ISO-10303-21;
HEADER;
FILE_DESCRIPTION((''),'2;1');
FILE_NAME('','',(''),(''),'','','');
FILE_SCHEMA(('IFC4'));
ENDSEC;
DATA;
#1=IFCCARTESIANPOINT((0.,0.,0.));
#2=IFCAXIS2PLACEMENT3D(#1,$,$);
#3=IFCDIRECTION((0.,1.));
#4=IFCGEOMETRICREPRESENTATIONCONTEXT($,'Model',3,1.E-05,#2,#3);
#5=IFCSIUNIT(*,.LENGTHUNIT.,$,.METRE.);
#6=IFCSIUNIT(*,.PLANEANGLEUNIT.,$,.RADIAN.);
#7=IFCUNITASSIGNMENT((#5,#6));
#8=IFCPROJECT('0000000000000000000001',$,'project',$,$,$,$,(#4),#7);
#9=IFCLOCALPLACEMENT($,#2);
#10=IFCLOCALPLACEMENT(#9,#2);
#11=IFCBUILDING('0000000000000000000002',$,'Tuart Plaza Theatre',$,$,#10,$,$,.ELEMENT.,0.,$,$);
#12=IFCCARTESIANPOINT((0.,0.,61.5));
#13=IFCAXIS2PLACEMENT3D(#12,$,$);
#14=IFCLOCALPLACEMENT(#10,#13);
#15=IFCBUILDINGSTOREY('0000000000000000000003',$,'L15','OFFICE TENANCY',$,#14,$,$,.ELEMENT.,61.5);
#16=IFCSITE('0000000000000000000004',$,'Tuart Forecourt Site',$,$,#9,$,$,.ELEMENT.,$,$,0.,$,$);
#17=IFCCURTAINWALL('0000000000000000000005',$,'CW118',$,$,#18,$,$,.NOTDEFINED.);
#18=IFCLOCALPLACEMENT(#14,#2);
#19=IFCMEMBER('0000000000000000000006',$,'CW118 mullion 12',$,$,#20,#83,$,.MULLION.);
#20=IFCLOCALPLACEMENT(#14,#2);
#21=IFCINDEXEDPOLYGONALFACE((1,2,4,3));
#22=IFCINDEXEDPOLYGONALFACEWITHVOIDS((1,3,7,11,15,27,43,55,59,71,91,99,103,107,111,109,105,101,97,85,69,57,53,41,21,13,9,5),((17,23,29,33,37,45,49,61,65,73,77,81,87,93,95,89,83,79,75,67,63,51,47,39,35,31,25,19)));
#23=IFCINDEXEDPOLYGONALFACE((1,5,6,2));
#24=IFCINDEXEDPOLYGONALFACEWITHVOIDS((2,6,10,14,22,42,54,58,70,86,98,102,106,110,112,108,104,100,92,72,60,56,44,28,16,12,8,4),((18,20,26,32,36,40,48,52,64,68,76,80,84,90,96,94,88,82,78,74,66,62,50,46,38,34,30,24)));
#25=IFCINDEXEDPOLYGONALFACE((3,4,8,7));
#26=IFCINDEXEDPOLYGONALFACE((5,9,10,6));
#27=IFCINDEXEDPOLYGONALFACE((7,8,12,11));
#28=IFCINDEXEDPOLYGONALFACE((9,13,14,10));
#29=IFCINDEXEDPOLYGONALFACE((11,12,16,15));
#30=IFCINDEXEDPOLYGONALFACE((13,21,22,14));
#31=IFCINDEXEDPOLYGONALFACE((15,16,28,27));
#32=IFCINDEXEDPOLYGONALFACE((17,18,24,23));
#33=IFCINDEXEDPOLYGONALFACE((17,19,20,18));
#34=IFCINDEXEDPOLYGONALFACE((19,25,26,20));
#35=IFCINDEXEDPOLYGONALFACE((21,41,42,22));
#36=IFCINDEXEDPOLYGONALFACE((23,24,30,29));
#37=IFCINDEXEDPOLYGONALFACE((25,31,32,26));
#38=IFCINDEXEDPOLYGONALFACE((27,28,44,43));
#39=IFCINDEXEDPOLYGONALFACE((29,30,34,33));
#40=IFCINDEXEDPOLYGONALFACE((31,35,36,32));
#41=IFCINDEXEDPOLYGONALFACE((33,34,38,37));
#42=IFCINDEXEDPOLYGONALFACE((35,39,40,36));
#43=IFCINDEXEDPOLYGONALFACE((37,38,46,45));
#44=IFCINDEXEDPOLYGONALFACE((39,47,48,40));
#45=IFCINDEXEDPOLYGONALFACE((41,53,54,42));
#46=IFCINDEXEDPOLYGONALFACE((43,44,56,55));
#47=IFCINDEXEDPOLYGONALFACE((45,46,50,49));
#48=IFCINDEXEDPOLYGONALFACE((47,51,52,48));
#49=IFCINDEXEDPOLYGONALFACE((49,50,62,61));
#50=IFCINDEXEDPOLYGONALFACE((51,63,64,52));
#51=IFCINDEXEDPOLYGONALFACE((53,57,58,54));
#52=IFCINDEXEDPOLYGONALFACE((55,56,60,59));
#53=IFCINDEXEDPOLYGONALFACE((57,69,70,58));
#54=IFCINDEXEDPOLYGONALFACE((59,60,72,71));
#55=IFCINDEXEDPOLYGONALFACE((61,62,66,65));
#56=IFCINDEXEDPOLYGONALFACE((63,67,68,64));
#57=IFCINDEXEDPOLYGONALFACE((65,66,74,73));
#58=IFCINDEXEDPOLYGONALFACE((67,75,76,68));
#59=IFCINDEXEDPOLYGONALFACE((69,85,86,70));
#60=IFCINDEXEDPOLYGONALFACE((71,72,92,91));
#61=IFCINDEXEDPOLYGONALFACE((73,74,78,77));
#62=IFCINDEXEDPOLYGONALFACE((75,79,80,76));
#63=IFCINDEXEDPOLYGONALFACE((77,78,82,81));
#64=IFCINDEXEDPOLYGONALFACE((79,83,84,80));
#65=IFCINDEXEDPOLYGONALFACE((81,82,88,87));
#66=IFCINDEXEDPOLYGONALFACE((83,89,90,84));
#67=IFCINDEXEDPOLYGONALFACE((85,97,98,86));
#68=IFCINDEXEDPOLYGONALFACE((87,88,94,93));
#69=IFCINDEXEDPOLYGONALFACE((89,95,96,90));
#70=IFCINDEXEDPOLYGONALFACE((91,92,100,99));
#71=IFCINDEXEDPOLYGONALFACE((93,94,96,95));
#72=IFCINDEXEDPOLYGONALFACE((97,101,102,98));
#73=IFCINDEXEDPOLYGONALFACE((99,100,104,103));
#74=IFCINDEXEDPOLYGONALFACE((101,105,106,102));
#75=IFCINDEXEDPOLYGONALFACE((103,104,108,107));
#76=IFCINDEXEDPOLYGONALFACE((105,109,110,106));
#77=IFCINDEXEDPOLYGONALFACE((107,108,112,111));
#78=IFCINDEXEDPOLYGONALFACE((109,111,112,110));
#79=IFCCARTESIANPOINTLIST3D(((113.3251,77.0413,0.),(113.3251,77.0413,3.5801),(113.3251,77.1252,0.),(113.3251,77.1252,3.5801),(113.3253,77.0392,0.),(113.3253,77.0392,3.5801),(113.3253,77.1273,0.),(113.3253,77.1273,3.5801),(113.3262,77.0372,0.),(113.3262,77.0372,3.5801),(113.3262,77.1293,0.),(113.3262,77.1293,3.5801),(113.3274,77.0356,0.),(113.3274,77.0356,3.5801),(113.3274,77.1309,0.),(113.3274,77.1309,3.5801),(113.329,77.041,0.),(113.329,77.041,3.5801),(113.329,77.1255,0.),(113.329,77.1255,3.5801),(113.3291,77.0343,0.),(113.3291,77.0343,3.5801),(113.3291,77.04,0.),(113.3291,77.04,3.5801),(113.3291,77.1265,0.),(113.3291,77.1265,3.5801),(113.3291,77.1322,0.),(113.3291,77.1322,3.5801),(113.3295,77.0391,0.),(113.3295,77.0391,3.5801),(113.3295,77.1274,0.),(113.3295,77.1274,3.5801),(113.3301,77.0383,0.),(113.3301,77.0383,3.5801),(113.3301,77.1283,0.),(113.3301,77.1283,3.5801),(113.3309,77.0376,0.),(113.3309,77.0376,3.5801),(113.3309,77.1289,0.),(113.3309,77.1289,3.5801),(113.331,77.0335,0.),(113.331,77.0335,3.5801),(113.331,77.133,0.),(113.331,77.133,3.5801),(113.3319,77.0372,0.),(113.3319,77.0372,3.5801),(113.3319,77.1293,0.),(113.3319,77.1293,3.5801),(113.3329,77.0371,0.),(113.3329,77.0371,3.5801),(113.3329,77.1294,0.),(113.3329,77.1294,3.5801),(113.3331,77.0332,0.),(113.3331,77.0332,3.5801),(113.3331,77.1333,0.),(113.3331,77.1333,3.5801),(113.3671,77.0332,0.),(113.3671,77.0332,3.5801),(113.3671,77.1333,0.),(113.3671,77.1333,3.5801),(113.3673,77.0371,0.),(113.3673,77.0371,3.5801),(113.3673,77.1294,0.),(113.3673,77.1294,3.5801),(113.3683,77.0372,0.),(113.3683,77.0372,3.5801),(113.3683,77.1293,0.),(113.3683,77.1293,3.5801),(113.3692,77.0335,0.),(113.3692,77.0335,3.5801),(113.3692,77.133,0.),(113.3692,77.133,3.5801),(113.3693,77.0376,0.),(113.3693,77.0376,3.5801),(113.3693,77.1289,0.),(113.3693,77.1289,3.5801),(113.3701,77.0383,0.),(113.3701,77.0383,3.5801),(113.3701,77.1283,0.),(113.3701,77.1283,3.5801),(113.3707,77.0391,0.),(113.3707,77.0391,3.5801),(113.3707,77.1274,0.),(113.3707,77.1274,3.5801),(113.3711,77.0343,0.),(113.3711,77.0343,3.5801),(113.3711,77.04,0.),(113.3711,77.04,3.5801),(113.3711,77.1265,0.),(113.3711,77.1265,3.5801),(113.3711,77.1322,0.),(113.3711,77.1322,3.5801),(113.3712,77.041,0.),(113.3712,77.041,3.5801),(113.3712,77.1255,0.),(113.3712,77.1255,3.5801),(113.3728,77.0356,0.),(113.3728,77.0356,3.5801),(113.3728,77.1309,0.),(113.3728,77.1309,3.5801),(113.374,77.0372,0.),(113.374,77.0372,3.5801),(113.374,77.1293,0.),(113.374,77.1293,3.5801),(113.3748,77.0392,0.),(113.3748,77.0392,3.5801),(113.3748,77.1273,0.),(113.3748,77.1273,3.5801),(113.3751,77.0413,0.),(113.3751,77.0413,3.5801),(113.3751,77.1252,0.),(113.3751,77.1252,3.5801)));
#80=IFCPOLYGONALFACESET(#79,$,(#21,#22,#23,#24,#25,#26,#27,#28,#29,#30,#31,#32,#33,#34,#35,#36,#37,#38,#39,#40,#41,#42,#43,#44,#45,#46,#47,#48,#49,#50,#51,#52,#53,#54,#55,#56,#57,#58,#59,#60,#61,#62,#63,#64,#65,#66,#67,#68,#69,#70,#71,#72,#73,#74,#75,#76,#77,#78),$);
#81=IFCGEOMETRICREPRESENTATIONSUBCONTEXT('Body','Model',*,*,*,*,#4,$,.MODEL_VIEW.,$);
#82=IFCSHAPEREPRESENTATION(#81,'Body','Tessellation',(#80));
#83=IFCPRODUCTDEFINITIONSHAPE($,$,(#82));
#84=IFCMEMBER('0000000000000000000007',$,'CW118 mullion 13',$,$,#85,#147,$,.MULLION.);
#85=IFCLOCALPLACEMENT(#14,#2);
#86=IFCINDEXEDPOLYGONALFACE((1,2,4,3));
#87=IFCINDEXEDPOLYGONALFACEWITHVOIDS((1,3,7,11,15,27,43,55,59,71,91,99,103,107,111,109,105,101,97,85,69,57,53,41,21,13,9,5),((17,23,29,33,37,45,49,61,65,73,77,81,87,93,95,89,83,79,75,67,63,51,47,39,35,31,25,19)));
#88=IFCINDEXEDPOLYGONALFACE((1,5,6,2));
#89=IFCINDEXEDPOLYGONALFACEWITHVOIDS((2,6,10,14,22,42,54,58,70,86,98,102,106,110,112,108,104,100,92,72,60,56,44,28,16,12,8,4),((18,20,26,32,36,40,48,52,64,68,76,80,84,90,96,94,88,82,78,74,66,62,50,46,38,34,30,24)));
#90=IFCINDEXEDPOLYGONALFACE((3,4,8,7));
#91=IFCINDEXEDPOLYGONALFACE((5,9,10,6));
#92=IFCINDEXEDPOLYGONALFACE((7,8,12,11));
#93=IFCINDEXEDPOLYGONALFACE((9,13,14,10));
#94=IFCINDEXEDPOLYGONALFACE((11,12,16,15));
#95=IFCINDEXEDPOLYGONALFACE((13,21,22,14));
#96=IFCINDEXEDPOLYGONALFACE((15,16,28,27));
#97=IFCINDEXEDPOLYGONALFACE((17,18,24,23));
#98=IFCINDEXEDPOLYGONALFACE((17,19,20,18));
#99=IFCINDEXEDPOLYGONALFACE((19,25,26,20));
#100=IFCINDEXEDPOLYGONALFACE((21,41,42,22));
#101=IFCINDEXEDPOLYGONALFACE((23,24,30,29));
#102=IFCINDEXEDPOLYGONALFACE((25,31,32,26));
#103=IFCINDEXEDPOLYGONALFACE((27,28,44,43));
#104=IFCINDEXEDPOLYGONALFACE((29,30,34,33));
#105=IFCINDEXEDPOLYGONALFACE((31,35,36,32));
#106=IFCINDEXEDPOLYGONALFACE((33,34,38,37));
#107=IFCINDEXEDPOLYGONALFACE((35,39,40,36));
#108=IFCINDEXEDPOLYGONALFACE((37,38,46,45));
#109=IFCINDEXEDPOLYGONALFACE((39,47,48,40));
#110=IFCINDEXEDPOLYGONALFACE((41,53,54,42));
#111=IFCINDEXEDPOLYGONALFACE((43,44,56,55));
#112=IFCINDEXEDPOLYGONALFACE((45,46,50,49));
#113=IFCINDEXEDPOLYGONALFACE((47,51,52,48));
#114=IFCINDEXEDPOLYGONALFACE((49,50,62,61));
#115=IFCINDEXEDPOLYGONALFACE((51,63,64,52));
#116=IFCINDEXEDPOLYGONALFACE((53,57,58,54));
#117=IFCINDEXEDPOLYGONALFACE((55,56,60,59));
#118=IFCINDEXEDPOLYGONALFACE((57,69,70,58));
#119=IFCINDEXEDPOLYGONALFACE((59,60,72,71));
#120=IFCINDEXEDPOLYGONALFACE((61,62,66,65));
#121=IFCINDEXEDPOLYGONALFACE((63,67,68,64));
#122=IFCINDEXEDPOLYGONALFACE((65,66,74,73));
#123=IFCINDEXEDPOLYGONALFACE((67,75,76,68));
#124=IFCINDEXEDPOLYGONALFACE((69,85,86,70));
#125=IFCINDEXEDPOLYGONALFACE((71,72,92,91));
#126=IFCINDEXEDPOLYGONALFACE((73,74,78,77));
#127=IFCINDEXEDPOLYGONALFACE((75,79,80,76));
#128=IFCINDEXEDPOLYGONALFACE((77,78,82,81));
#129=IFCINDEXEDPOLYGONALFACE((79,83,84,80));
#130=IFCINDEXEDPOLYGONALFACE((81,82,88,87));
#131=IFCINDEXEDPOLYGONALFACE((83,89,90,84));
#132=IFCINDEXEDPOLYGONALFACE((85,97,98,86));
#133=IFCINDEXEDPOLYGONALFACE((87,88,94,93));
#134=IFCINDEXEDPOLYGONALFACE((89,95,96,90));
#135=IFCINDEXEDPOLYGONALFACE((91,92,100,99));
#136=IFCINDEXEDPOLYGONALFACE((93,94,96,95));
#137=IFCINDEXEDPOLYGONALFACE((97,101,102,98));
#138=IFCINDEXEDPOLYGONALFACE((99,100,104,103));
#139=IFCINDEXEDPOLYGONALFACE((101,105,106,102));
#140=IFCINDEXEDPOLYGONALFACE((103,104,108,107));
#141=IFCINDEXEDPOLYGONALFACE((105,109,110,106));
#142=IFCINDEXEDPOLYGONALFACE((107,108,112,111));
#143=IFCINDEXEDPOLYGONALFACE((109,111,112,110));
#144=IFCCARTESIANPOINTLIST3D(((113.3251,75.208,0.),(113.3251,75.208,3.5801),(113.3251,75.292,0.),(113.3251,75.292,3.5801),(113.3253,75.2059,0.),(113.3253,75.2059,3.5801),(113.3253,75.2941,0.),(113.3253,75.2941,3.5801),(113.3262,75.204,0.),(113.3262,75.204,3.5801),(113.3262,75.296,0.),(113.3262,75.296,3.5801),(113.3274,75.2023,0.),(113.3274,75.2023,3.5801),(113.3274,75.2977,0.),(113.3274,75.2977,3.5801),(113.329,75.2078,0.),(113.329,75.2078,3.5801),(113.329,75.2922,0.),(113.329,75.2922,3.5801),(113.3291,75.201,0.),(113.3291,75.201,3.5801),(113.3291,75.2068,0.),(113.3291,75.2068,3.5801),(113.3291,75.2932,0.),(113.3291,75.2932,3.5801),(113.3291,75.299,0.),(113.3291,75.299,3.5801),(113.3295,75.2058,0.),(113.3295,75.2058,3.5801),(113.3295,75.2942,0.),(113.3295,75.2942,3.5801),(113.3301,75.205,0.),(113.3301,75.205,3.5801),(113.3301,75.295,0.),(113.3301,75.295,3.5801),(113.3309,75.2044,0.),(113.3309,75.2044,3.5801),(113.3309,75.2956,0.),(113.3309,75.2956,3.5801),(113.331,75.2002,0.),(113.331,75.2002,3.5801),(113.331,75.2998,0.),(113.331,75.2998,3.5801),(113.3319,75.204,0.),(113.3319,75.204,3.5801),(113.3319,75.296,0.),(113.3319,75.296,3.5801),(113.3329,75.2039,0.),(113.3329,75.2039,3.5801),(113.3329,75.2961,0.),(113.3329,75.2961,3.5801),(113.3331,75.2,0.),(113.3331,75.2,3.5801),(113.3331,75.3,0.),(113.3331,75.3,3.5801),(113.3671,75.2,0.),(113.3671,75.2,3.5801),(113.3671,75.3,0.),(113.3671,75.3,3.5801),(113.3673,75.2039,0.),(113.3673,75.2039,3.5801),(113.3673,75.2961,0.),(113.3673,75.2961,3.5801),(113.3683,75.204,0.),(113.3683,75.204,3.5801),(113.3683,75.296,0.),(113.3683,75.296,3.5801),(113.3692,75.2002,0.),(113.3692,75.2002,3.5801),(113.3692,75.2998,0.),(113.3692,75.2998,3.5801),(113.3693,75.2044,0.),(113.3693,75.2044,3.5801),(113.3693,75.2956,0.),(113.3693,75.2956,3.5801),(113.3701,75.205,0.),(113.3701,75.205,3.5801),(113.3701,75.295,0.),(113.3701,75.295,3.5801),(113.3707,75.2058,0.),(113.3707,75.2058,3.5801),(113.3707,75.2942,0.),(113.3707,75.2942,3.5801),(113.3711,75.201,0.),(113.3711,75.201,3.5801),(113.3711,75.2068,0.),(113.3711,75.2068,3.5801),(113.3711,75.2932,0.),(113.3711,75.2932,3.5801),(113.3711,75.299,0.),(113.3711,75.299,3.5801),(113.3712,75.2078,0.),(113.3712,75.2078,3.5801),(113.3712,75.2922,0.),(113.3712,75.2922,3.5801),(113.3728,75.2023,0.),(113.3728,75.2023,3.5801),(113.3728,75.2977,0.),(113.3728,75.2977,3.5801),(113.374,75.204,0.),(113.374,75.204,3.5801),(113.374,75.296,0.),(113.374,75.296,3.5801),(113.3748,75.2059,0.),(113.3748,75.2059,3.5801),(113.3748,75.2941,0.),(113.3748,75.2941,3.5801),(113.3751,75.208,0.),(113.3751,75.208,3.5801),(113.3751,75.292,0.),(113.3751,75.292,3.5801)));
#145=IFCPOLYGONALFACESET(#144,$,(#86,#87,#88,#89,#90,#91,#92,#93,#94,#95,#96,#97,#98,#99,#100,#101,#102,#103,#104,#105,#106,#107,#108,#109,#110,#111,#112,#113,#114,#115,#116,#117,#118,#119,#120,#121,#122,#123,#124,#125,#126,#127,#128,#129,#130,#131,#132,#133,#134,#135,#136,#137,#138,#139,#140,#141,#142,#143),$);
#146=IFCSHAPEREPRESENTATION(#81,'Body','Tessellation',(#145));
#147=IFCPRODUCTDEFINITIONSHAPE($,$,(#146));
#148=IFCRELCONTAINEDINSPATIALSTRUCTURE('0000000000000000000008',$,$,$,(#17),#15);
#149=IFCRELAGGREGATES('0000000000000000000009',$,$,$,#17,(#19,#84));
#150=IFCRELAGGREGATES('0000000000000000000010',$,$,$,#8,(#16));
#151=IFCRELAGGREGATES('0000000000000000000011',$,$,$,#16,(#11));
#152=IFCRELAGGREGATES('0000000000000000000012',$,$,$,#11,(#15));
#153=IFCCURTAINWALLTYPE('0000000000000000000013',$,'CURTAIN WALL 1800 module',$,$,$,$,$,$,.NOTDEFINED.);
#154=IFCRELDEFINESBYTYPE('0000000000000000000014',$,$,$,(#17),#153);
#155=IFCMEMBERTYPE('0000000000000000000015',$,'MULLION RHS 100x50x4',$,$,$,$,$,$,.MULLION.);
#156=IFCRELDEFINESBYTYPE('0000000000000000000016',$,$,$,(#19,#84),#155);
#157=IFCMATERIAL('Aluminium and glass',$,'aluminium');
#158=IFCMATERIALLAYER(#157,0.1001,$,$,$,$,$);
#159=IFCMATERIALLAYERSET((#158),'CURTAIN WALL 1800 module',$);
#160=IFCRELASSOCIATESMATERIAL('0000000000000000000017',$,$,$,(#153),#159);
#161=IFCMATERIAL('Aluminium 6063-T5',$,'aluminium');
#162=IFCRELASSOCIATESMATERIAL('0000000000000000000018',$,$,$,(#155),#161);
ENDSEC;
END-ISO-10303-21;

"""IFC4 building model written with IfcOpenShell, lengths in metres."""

from ifc_helpers import new_model, si_unit, direction, frame, origin, origin_2d, place, context, subcontext, project, spatial, hollow_rectangle, extrude, material, layer, layer_set, material_profile, profile_set, type_object, element, aggregate, save


model = new_model("IFC4")

# Units and contexts
model_context = context("Model", 3, precision=1e-05, world=origin(), true_north=direction((0.0, 1.0)))
body_context = subcontext(model_context, "Body", "Model", "MODEL_VIEW")
ifc_project = project(units=[si_unit("LENGTHUNIT", "METRE"), si_unit("PLANEANGLEUNIT", "RADIAN")], contexts=[model_context])

# Site, building, storey
site_placement = place(None, origin())
site = spatial("IfcSite", under=ifc_project, at=site_placement, Name="Tuart Forecourt Site", CompositionType="ELEMENT", RefElevation=0.0)
building_placement = place(site_placement, origin())
building = spatial("IfcBuilding", under=site, at=building_placement, Name="Tuart Plaza Theatre", CompositionType="ELEMENT", ElevationOfRefHeight=0.0)
storey_placement = place(building_placement, frame((0.0, 0.0, 61.5)))
storey = spatial("IfcBuildingStorey", under=building, at=storey_placement, Name="L15", Description="OFFICE TENANCY", CompositionType="ELEMENT", Elevation=61.5)

# Curtain wall, members
ifc_material_1 = material(Name="Aluminium and glass", Category="aluminium")
ifc_layer_1 = layer(ifc_material_1, 0.1001)
ifc_layer_set_1 = layer_set([ifc_layer_1], Name="CURTAIN WALL 1800 module")
curtain_wall_type = type_object("IfcCurtainWallType", Name="CURTAIN WALL 1800 module", PredefinedType="NOTDEFINED", material=ifc_layer_set_1)
curtain_wall_placement = place(storey_placement, origin())
curtain_wall = element("IfcCurtainWall", 1, at=curtain_wall_placement, inside=storey, type_object=curtain_wall_type, Name="CW118", PredefinedType="NOTDEFINED")
ifc_material_2 = material(Name="Aluminium 6063-T5", Category="aluminium")
ifc_material_profile_1 = material_profile(ifc_material_2, hollow_rectangle(XDim=0.05, YDim=0.1001, WallThickness=0.0039, InnerFilletRadius=0.0039, OuterFilletRadius=0.0081, at=origin_2d()), Name="RHS 100x50x4")
ifc_profile_set_1 = profile_set([ifc_material_profile_1], Name="Aluminium 6063-T5")
member_type_1 = type_object("IfcMemberType", Name="MULLION RHS 100x50x4", PredefinedType="MULLION", material=ifc_profile_set_1)
member_1_placement = place(storey_placement, frame((113.3501, 77.0833, 0.0), z_axis=(0.0, 0.0, 1.0), x_axis=(1.0, 0.0, 0.0)))
member_1 = element("IfcMember", 2, at=member_1_placement, type_object=member_type_1, Name="CW118 mullion 12", PredefinedType="MULLION", context=body_context, shape_type="SweptSolid", body=[
    extrude(hollow_rectangle(XDim=0.05, YDim=0.1001, WallThickness=0.0039, InnerFilletRadius=0.0039, OuterFilletRadius=0.0081, at=origin_2d()), origin(), (0.0, 0.0, 1.0), 3.5801),
])
member_2_placement = place(storey_placement, frame((113.3501, 75.25, 0.0), z_axis=(0.0, 0.0, 1.0), x_axis=(1.0, 0.0, 0.0)))
member_2 = element("IfcMember", 3, at=member_2_placement, type_object=member_type_1, Name="CW118 mullion 13", PredefinedType="MULLION", context=body_context, shape_type="SweptSolid", body=[
    extrude(hollow_rectangle(XDim=0.05, YDim=0.1001, WallThickness=0.0039, InnerFilletRadius=0.0039, OuterFilletRadius=0.0081, at=origin_2d()), origin(), (0.0, 0.0, 1.0), 3.5801),
])
aggregate(curtain_wall, [member_1, member_2])

save(model, "model.ifc")
